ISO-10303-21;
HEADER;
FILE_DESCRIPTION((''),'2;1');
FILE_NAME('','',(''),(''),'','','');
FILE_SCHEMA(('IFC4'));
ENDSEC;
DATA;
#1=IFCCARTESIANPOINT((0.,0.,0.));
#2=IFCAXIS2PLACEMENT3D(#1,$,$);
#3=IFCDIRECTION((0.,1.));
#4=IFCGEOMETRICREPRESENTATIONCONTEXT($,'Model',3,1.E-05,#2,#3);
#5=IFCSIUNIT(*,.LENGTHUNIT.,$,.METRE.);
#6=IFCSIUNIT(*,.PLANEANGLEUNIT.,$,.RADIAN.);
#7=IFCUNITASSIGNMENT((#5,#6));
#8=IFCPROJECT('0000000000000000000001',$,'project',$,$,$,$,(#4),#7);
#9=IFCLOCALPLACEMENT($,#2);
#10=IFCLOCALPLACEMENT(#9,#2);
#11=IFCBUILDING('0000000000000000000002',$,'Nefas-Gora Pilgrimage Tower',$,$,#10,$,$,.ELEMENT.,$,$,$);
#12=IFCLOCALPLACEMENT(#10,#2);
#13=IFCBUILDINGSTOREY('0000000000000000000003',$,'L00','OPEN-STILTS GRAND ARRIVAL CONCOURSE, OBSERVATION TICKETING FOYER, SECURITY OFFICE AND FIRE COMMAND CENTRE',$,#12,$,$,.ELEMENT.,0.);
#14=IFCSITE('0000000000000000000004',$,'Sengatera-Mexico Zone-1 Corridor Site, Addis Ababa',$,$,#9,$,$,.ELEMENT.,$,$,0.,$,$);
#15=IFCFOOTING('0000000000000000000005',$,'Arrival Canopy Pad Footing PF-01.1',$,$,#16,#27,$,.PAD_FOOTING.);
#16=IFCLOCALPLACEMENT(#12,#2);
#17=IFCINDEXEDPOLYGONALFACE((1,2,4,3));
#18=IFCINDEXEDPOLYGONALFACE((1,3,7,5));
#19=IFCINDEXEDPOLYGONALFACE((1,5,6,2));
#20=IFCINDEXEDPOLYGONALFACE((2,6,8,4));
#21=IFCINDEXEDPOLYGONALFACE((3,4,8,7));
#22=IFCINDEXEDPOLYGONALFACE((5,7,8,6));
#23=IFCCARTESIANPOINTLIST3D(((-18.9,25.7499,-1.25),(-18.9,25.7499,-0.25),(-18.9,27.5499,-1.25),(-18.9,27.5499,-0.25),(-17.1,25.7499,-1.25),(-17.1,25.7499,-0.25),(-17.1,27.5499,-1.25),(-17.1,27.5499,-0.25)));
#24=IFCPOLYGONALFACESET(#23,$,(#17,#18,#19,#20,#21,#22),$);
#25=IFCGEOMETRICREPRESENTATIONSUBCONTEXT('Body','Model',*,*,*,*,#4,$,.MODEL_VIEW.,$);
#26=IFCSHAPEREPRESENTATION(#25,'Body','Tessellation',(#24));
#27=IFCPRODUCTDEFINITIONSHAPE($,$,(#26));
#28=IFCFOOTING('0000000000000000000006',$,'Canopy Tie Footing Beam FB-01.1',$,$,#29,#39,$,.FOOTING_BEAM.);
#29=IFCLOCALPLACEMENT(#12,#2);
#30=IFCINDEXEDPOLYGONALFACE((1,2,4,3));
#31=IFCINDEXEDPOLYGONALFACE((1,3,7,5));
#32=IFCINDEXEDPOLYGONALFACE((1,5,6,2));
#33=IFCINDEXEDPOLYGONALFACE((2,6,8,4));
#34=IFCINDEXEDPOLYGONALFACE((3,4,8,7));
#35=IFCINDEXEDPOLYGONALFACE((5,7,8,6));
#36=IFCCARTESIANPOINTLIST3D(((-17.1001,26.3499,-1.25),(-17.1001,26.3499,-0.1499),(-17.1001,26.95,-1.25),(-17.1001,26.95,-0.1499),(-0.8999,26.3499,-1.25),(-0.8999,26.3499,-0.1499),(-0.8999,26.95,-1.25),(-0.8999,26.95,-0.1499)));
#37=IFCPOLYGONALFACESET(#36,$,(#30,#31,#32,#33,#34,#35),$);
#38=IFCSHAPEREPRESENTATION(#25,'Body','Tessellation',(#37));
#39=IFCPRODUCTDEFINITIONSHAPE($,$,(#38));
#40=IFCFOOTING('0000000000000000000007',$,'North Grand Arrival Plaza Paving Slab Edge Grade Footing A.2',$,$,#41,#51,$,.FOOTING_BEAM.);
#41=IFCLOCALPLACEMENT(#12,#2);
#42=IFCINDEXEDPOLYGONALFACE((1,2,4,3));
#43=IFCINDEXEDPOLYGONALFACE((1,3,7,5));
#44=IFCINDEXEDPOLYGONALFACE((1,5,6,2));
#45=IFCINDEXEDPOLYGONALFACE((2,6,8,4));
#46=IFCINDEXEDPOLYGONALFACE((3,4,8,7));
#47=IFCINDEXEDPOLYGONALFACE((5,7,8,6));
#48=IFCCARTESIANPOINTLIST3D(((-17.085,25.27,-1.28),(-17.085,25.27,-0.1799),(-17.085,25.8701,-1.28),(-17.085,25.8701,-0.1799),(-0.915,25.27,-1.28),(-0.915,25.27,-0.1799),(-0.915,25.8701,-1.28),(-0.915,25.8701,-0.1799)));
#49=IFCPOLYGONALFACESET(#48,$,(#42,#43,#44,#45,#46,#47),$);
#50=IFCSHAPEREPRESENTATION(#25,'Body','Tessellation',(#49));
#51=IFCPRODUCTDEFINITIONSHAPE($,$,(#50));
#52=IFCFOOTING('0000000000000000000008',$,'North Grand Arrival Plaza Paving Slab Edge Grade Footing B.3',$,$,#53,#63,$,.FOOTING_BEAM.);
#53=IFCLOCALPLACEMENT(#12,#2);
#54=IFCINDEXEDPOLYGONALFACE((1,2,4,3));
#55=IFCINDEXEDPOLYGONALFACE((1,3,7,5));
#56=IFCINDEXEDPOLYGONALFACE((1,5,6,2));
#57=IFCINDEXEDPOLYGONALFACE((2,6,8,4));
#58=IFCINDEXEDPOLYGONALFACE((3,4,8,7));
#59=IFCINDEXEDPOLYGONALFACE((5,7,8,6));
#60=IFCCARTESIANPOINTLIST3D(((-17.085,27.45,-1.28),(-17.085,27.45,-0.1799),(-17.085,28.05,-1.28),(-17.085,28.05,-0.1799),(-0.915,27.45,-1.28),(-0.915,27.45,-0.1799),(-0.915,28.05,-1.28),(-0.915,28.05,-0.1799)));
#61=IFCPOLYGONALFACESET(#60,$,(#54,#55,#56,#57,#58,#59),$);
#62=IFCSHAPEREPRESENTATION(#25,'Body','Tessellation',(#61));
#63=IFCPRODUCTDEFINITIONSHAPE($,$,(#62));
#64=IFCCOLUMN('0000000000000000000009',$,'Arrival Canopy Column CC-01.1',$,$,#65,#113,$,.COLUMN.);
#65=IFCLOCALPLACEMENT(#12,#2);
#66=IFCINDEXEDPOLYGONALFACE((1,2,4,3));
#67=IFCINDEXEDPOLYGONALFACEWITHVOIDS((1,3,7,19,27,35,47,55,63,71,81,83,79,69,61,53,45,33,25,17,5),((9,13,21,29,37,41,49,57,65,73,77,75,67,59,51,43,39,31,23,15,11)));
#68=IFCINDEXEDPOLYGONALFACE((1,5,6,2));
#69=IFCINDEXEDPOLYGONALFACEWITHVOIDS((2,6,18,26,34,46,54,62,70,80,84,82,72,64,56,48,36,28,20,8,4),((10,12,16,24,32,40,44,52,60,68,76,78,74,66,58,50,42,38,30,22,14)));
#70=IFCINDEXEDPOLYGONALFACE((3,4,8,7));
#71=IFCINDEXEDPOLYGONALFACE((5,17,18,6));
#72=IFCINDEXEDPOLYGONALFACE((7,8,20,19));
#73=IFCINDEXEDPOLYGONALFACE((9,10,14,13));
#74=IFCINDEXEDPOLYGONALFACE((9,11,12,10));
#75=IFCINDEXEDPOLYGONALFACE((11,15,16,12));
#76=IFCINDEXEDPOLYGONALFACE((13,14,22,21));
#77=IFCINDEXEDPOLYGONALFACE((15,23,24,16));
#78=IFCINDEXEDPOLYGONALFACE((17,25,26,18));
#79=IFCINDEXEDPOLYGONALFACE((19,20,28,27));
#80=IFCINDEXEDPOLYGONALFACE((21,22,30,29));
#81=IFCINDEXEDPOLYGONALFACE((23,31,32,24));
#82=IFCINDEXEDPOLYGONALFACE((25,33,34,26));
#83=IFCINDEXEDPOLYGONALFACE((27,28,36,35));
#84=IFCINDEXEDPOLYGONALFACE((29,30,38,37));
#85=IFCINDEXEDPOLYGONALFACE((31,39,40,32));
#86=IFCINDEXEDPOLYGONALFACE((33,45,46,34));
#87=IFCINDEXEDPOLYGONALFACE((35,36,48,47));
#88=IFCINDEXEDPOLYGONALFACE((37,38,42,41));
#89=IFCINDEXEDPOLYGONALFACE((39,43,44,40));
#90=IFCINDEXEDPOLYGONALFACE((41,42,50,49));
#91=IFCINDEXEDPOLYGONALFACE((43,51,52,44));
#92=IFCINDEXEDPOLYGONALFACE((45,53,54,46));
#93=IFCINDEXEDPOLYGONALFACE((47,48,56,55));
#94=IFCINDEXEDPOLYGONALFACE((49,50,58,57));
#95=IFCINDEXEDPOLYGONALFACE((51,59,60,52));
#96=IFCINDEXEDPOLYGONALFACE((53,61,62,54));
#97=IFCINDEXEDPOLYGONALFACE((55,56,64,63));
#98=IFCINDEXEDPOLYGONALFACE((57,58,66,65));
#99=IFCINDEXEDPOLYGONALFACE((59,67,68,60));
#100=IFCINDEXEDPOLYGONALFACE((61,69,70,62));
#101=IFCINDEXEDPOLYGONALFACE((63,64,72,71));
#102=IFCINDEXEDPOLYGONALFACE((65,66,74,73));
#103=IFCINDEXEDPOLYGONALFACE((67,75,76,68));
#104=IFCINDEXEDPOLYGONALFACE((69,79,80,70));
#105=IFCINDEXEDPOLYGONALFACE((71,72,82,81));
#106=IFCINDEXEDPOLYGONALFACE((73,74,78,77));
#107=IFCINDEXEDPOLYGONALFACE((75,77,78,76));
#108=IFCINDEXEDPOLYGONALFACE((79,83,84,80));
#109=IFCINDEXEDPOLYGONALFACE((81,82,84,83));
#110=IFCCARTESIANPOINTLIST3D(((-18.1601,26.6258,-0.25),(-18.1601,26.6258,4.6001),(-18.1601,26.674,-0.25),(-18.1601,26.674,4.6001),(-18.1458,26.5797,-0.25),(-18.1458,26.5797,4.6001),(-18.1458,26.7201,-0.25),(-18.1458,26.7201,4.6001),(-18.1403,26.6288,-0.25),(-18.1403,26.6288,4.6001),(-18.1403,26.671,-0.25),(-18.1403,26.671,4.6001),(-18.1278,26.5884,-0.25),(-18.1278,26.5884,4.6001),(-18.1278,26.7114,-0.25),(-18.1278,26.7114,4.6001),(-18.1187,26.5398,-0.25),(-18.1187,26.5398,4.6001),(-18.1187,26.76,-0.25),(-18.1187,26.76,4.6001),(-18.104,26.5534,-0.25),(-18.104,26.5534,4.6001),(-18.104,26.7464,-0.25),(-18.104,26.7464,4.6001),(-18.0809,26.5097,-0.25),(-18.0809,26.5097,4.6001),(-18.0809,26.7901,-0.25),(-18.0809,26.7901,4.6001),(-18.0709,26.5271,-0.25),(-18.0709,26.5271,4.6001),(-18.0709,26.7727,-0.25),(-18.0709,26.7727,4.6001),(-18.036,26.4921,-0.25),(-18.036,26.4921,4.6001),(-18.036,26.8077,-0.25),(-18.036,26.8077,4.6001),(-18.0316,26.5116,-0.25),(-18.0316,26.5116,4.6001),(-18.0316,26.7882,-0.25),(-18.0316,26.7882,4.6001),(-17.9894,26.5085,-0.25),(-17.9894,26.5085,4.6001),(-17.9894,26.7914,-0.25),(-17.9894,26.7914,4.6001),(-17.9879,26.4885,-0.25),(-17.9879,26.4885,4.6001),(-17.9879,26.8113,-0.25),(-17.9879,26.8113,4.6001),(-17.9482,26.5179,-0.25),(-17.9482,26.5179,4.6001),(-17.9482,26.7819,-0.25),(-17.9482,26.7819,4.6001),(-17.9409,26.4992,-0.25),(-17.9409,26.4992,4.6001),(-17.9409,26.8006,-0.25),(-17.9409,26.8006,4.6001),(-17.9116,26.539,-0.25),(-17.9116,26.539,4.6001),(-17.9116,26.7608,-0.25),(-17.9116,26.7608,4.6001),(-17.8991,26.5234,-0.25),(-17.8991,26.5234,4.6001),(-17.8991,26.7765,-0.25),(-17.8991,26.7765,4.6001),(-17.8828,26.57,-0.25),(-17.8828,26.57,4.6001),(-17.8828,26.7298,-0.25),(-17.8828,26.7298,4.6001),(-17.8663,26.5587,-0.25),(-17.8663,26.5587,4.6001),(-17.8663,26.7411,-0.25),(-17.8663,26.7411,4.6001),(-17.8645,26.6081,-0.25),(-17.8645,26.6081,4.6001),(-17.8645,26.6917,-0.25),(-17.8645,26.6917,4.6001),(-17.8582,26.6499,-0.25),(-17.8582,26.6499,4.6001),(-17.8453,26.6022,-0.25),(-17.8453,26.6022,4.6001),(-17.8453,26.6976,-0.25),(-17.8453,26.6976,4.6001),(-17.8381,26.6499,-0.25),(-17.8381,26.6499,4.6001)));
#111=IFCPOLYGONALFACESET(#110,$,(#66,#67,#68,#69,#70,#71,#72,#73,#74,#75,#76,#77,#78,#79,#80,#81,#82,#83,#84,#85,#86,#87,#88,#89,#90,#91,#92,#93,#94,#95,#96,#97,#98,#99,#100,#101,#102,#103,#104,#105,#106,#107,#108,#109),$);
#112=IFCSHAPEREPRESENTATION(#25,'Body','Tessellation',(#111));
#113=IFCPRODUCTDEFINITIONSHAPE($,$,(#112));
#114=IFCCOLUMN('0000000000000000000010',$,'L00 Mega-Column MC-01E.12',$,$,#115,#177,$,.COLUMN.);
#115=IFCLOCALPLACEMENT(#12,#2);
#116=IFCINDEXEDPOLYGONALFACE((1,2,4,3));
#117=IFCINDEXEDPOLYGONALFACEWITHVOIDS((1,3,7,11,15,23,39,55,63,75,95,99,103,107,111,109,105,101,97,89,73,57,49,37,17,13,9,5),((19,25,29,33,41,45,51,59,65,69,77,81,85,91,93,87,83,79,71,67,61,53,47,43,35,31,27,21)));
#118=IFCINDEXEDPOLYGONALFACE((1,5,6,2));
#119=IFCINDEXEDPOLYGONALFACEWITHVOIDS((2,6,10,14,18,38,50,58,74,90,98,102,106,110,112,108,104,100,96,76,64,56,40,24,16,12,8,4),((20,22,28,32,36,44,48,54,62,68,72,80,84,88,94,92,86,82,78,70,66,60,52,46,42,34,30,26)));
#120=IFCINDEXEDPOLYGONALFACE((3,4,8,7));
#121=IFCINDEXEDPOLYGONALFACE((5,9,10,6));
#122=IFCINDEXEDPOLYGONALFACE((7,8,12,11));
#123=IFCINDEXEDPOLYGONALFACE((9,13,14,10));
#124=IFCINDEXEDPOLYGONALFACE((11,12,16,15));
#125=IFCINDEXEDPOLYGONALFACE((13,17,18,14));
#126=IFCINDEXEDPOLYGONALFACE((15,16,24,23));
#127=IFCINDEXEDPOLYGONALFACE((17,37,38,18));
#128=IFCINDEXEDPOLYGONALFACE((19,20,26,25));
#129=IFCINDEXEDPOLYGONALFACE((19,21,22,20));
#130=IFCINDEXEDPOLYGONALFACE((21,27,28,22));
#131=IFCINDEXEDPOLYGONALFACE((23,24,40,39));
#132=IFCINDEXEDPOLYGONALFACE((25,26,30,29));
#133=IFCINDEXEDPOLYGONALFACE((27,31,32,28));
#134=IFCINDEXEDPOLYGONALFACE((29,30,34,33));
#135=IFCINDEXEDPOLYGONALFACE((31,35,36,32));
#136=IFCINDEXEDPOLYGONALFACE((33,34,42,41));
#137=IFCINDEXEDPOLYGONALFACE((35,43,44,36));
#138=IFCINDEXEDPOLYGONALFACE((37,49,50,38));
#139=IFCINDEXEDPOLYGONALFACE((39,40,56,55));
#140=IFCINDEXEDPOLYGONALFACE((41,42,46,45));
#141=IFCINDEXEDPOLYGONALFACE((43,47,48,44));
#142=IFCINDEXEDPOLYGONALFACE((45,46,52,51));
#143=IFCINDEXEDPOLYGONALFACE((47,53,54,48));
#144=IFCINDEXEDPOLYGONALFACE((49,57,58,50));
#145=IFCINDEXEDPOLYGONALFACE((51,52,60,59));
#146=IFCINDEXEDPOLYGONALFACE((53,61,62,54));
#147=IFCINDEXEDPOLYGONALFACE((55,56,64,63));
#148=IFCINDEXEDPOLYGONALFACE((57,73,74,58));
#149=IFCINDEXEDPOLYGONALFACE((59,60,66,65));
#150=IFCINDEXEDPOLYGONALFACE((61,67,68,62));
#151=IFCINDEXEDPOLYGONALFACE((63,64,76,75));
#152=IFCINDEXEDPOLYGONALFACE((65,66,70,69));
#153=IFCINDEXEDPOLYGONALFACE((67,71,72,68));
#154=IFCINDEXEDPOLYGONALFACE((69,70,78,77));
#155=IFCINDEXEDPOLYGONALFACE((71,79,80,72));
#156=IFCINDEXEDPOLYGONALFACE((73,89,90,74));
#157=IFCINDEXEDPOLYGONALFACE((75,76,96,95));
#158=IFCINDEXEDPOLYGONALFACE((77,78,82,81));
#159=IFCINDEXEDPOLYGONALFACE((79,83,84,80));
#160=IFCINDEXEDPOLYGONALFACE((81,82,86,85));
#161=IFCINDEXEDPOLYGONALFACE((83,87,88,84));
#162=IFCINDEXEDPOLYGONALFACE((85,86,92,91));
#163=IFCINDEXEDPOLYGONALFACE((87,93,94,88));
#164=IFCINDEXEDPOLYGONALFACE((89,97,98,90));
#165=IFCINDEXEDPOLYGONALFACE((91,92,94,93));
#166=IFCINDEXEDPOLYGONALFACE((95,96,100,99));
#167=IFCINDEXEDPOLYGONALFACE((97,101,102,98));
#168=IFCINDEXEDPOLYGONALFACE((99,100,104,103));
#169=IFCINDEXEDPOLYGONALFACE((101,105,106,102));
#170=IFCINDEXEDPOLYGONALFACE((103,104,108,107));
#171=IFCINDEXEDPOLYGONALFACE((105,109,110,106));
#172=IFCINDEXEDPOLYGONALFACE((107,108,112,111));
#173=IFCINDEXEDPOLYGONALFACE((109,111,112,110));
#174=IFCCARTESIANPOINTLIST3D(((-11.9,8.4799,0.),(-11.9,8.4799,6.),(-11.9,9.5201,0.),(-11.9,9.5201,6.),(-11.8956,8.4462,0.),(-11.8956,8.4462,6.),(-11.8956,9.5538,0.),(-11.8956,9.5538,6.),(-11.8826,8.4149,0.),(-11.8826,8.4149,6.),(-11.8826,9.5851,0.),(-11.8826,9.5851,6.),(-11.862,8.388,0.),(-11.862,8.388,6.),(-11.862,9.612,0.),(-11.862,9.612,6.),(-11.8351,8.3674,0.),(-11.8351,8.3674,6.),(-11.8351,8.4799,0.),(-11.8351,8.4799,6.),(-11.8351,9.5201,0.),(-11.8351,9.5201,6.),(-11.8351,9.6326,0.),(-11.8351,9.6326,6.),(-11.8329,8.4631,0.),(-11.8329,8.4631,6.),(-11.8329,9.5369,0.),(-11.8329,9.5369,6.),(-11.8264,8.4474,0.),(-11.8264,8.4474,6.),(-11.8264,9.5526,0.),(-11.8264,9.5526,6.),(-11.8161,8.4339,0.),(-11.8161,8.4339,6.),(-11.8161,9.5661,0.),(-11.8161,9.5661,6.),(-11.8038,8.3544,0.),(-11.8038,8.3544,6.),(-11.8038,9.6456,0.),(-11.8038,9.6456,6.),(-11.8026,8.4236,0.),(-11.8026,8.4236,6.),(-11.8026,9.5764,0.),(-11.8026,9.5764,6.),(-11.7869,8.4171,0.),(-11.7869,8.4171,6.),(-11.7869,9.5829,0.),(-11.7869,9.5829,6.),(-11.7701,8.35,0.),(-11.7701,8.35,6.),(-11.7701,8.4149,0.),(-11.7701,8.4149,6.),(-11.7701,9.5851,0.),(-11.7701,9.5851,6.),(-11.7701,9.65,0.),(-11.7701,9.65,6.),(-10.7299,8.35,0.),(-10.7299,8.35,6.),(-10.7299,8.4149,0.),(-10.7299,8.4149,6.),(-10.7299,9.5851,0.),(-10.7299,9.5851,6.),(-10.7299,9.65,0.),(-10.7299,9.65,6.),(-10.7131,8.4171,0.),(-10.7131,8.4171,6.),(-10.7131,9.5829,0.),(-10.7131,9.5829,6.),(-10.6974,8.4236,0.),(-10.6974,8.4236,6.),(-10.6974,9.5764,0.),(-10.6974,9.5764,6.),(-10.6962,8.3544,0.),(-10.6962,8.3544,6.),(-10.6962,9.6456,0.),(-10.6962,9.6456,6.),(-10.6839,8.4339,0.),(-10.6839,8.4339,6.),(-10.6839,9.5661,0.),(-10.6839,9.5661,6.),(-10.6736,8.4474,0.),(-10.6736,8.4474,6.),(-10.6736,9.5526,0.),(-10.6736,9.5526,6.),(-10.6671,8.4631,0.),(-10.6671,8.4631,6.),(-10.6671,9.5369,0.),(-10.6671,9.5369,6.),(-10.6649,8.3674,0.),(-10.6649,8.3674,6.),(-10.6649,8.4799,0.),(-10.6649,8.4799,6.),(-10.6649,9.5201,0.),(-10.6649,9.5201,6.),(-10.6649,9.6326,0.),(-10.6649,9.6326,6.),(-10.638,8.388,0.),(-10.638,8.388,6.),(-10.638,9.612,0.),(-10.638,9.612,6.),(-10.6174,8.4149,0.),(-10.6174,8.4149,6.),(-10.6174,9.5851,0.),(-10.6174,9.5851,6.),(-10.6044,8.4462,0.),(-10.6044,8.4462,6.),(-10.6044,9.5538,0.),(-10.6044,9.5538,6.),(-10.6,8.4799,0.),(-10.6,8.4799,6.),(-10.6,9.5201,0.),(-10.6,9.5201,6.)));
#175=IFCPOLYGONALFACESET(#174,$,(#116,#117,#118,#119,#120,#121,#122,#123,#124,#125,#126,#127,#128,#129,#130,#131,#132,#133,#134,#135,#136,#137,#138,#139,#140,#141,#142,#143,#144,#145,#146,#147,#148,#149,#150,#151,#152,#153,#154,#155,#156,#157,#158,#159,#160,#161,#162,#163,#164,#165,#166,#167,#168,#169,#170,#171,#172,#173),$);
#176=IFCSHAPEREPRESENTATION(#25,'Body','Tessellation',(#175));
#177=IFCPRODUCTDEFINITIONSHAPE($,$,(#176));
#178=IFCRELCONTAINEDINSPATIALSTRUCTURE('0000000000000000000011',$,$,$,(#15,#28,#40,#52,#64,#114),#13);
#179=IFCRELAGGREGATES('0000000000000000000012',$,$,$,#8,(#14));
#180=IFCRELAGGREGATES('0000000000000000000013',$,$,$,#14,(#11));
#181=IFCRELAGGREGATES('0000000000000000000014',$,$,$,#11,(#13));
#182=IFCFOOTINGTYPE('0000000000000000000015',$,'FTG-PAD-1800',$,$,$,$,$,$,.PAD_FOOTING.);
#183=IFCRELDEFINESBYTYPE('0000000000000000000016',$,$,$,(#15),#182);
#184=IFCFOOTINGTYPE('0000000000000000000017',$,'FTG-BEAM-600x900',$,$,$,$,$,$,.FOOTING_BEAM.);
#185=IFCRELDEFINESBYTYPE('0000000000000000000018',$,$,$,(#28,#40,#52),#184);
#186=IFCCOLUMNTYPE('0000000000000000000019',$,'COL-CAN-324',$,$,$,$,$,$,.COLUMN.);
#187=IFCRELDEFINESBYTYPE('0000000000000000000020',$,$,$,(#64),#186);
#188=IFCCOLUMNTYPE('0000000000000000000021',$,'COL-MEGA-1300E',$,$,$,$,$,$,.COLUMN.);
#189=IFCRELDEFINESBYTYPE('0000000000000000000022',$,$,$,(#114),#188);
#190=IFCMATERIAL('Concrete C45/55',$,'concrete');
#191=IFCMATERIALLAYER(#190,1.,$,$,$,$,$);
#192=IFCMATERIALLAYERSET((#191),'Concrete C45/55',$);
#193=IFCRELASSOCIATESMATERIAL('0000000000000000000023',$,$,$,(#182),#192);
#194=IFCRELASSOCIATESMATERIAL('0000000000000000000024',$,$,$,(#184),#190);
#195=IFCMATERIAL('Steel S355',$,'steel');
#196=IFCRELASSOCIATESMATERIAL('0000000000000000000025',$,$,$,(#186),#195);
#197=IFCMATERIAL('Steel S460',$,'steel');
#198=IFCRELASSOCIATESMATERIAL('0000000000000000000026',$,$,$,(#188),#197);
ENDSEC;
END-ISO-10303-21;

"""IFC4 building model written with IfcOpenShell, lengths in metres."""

from ifc_helpers import new_model, si_unit, direction, frame, origin, origin_2d, place, context, subcontext, project, spatial, rectangle, hollow_rectangle, hollow_circle, extrude, source, transform, mapped, material, layer, layer_set, material_profile, profile_set, type_object, element, save


model = new_model("IFC4")

# Units and contexts
model_context = context("Model", 3, precision=1e-05, world=origin(), true_north=direction((0.0, 1.0)))
body_context = subcontext(model_context, "Body", "Model", "MODEL_VIEW")
ifc_project = project(units=[si_unit("LENGTHUNIT", "METRE"), si_unit("PLANEANGLEUNIT", "RADIAN")], contexts=[model_context])

# Site, building, storey
site_placement = place(None, origin())
site = spatial("IfcSite", under=ifc_project, at=site_placement, Name="Sengatera-Mexico Zone-1 Corridor Site, Addis Ababa", CompositionType="ELEMENT", RefElevation=0.0)
building_placement = place(site_placement, origin())
building = spatial("IfcBuilding", under=site, at=building_placement, Name="Nefas-Gora Pilgrimage Tower", CompositionType="ELEMENT")
storey_placement = place(building_placement, origin())
storey = spatial("IfcBuildingStorey", under=building, at=storey_placement, Name="L00", Description="OPEN-STILTS GRAND ARRIVAL CONCOURSE, OBSERVATION TICKETING FOYER, SECURITY OFFICE AND FIRE COMMAND CENTRE", CompositionType="ELEMENT", Elevation=0.0)

# Footings
ifc_material_1 = material(Name="Concrete C45/55", Category="concrete")
ifc_layer_1 = layer(ifc_material_1, 1.0)
ifc_layer_set_1 = layer_set([ifc_layer_1], Name="Concrete C45/55")
footing_type_1 = type_object("IfcFootingType", Name="FTG-PAD-1800", PredefinedType="PAD_FOOTING", material=ifc_layer_set_1)
shared_shape_1 = source(origin(), body_context, "Body", "SweptSolid", [
    extrude(rectangle(XDim=1.8, YDim=1.8, at=origin_2d()), origin(), (0.0, 0.0, 1.0), 1.0),
])
footing_1_placement = place(storey_placement, frame((-18.0, 26.6499, -1.25), z_axis=(0.0, 0.0, 1.0), x_axis=(1.0, 0.0, 0.0)))
element("IfcFooting", 1, at=footing_1_placement, inside=storey, type_object=footing_type_1, Name="Arrival Canopy Pad Footing PF-01.1", PredefinedType="PAD_FOOTING", context=body_context, shape_type="MappedRepresentation", body=[
    mapped(shared_shape_1, transform((0.0, 0.0, 0.0), x_axis=(1.0, 0.0, 0.0), y_axis=(0.0, 1.0, 0.0), z_axis=(0.0, 0.0, 1.0), scale=1.0)),
])
ifc_material_profile_1 = material_profile(ifc_material_1, rectangle(XDim=0.6001, YDim=1.1001, at=origin_2d()), Name="RC 600x1100")
ifc_profile_set_1 = profile_set([ifc_material_profile_1], Name="Concrete C45/55")
footing_type_2 = type_object("IfcFootingType", Name="FTG-BEAM-600x900", PredefinedType="FOOTING_BEAM", material=ifc_profile_set_1)
shared_shape_2 = source(origin(), body_context, "Body", "SweptSolid", [
    extrude(rectangle(XDim=0.6001, YDim=1.1001, at=origin_2d()), origin(), (0.0, 0.0, 1.0), 16.2002),
])
footing_2_placement = place(storey_placement, frame((-17.1001, 26.6499, -0.7), z_axis=(1.0, 0.0, 0.0), x_axis=(0.0, 1.0, 0.0)))
element("IfcFooting", 2, at=footing_2_placement, inside=storey, type_object=footing_type_2, Name="Canopy Tie Footing Beam FB-01.1", PredefinedType="FOOTING_BEAM", context=body_context, shape_type="MappedRepresentation", body=[
    mapped(shared_shape_2, transform((0.0, 0.0, 0.0), x_axis=(1.0, 0.0, 0.0), y_axis=(0.0, 1.0, 0.0), z_axis=(0.0, 0.0, 1.0), scale=1.0)),
])
shared_shape_3 = source(origin(), body_context, "Body", "SweptSolid", [
    extrude(rectangle(XDim=0.6001, YDim=1.1001, at=origin_2d()), origin(), (0.0, 0.0, 1.0), 16.1699),
])
for number, where, z_axis, x_axis, name in (
    (3, (-17.085, 25.5701, -0.73), (1.0, 0.0, 0.0), (0.0, 1.0, 0.0), "North Grand Arrival Plaza Paving Slab Edge Grade Footing A.2"),
    (4, (-17.085, 27.75, -0.73), (1.0, 0.0, 0.0), (0.0, 1.0, 0.0), "North Grand Arrival Plaza Paving Slab Edge Grade Footing B.3"),
):
    element("IfcFooting", number, at=place(storey_placement, frame(where, z_axis=z_axis, x_axis=x_axis)), inside=storey, type_object=footing_type_2, Name=name, PredefinedType="FOOTING_BEAM", context=body_context, shape_type="MappedRepresentation", body=[
        mapped(shared_shape_3, transform((0.0, 0.0, 0.0), x_axis=(1.0, 0.0, 0.0), y_axis=(0.0, 1.0, 0.0), z_axis=(0.0, 0.0, 1.0), scale=1.0)),
    ])

# Columns
ifc_material_2 = material(Name="Steel S355", Category="steel")
ifc_material_profile_2 = material_profile(ifc_material_2, hollow_circle(Radius=0.1619, WallThickness=0.02, at=origin_2d()), Name="CHS 323.9x20")
ifc_profile_set_2 = profile_set([ifc_material_profile_2], Name="Steel S355")
column_type_1 = type_object("IfcColumnType", Name="COL-CAN-324", PredefinedType="COLUMN", material=ifc_profile_set_2)
shared_shape_4 = source(origin(), body_context, "Body", "SweptSolid", [
    extrude(hollow_circle(Radius=0.1619, WallThickness=0.02, at=origin_2d()), origin(), (0.0, 0.0, 1.0), 4.8501),
])
column_placement = place(storey_placement, frame((-18.0, 26.6499, -0.25), z_axis=(0.0, 0.0, 1.0), x_axis=(1.0, 0.0, 0.0)))
element("IfcColumn", 5, at=column_placement, inside=storey, type_object=column_type_1, Name="Arrival Canopy Column CC-01.1", PredefinedType="COLUMN", context=body_context, shape_type="MappedRepresentation", body=[
    mapped(shared_shape_4, transform((0.0, 0.0, 0.0), x_axis=(1.0, 0.0, 0.0), y_axis=(0.0, 1.0, 0.0), z_axis=(0.0, 0.0, 1.0), scale=1.0)),
])
ifc_material_3 = material(Name="Steel S460", Category="steel")
ifc_material_profile_3 = material_profile(ifc_material_3, hollow_rectangle(XDim=1.3, YDim=1.3, WallThickness=0.0649, InnerFilletRadius=0.0649, OuterFilletRadius=0.1299, at=origin_2d()), Name="BOX 1300x1300x65")
ifc_profile_set_3 = profile_set([ifc_material_profile_3], Name="Steel S460")
column_type_2 = type_object("IfcColumnType", Name="COL-MEGA-1300E", PredefinedType="COLUMN", material=ifc_profile_set_3)
shared_shape_5 = source(origin(), body_context, "Body", "SweptSolid", [
    extrude(hollow_rectangle(XDim=1.3, YDim=1.3, WallThickness=0.0649, InnerFilletRadius=0.0649, OuterFilletRadius=0.1299, at=origin_2d()), origin(), (0.0, 0.0, 1.0), 6.0),
])
for number, where, z_axis, x_axis, name in (
    (6, (-11.25, 9.0, 0.0), (0.0, 0.0, 1.0), (1.0, 0.0, 0.0), "L00 Mega-Column MC-01E.12"),
):
    element("IfcColumn", number, at=place(storey_placement, frame(where, z_axis=z_axis, x_axis=x_axis)), inside=storey, type_object=column_type_2, Name=name, PredefinedType="COLUMN", context=body_context, shape_type="MappedRepresentation", body=[
        mapped(shared_shape_5, transform((0.0, 0.0, 0.0), x_axis=(1.0, 0.0, 0.0), y_axis=(0.0, 1.0, 0.0), z_axis=(0.0, 0.0, 1.0), scale=1.0)),
    ])

save(model, "model.ifc")
